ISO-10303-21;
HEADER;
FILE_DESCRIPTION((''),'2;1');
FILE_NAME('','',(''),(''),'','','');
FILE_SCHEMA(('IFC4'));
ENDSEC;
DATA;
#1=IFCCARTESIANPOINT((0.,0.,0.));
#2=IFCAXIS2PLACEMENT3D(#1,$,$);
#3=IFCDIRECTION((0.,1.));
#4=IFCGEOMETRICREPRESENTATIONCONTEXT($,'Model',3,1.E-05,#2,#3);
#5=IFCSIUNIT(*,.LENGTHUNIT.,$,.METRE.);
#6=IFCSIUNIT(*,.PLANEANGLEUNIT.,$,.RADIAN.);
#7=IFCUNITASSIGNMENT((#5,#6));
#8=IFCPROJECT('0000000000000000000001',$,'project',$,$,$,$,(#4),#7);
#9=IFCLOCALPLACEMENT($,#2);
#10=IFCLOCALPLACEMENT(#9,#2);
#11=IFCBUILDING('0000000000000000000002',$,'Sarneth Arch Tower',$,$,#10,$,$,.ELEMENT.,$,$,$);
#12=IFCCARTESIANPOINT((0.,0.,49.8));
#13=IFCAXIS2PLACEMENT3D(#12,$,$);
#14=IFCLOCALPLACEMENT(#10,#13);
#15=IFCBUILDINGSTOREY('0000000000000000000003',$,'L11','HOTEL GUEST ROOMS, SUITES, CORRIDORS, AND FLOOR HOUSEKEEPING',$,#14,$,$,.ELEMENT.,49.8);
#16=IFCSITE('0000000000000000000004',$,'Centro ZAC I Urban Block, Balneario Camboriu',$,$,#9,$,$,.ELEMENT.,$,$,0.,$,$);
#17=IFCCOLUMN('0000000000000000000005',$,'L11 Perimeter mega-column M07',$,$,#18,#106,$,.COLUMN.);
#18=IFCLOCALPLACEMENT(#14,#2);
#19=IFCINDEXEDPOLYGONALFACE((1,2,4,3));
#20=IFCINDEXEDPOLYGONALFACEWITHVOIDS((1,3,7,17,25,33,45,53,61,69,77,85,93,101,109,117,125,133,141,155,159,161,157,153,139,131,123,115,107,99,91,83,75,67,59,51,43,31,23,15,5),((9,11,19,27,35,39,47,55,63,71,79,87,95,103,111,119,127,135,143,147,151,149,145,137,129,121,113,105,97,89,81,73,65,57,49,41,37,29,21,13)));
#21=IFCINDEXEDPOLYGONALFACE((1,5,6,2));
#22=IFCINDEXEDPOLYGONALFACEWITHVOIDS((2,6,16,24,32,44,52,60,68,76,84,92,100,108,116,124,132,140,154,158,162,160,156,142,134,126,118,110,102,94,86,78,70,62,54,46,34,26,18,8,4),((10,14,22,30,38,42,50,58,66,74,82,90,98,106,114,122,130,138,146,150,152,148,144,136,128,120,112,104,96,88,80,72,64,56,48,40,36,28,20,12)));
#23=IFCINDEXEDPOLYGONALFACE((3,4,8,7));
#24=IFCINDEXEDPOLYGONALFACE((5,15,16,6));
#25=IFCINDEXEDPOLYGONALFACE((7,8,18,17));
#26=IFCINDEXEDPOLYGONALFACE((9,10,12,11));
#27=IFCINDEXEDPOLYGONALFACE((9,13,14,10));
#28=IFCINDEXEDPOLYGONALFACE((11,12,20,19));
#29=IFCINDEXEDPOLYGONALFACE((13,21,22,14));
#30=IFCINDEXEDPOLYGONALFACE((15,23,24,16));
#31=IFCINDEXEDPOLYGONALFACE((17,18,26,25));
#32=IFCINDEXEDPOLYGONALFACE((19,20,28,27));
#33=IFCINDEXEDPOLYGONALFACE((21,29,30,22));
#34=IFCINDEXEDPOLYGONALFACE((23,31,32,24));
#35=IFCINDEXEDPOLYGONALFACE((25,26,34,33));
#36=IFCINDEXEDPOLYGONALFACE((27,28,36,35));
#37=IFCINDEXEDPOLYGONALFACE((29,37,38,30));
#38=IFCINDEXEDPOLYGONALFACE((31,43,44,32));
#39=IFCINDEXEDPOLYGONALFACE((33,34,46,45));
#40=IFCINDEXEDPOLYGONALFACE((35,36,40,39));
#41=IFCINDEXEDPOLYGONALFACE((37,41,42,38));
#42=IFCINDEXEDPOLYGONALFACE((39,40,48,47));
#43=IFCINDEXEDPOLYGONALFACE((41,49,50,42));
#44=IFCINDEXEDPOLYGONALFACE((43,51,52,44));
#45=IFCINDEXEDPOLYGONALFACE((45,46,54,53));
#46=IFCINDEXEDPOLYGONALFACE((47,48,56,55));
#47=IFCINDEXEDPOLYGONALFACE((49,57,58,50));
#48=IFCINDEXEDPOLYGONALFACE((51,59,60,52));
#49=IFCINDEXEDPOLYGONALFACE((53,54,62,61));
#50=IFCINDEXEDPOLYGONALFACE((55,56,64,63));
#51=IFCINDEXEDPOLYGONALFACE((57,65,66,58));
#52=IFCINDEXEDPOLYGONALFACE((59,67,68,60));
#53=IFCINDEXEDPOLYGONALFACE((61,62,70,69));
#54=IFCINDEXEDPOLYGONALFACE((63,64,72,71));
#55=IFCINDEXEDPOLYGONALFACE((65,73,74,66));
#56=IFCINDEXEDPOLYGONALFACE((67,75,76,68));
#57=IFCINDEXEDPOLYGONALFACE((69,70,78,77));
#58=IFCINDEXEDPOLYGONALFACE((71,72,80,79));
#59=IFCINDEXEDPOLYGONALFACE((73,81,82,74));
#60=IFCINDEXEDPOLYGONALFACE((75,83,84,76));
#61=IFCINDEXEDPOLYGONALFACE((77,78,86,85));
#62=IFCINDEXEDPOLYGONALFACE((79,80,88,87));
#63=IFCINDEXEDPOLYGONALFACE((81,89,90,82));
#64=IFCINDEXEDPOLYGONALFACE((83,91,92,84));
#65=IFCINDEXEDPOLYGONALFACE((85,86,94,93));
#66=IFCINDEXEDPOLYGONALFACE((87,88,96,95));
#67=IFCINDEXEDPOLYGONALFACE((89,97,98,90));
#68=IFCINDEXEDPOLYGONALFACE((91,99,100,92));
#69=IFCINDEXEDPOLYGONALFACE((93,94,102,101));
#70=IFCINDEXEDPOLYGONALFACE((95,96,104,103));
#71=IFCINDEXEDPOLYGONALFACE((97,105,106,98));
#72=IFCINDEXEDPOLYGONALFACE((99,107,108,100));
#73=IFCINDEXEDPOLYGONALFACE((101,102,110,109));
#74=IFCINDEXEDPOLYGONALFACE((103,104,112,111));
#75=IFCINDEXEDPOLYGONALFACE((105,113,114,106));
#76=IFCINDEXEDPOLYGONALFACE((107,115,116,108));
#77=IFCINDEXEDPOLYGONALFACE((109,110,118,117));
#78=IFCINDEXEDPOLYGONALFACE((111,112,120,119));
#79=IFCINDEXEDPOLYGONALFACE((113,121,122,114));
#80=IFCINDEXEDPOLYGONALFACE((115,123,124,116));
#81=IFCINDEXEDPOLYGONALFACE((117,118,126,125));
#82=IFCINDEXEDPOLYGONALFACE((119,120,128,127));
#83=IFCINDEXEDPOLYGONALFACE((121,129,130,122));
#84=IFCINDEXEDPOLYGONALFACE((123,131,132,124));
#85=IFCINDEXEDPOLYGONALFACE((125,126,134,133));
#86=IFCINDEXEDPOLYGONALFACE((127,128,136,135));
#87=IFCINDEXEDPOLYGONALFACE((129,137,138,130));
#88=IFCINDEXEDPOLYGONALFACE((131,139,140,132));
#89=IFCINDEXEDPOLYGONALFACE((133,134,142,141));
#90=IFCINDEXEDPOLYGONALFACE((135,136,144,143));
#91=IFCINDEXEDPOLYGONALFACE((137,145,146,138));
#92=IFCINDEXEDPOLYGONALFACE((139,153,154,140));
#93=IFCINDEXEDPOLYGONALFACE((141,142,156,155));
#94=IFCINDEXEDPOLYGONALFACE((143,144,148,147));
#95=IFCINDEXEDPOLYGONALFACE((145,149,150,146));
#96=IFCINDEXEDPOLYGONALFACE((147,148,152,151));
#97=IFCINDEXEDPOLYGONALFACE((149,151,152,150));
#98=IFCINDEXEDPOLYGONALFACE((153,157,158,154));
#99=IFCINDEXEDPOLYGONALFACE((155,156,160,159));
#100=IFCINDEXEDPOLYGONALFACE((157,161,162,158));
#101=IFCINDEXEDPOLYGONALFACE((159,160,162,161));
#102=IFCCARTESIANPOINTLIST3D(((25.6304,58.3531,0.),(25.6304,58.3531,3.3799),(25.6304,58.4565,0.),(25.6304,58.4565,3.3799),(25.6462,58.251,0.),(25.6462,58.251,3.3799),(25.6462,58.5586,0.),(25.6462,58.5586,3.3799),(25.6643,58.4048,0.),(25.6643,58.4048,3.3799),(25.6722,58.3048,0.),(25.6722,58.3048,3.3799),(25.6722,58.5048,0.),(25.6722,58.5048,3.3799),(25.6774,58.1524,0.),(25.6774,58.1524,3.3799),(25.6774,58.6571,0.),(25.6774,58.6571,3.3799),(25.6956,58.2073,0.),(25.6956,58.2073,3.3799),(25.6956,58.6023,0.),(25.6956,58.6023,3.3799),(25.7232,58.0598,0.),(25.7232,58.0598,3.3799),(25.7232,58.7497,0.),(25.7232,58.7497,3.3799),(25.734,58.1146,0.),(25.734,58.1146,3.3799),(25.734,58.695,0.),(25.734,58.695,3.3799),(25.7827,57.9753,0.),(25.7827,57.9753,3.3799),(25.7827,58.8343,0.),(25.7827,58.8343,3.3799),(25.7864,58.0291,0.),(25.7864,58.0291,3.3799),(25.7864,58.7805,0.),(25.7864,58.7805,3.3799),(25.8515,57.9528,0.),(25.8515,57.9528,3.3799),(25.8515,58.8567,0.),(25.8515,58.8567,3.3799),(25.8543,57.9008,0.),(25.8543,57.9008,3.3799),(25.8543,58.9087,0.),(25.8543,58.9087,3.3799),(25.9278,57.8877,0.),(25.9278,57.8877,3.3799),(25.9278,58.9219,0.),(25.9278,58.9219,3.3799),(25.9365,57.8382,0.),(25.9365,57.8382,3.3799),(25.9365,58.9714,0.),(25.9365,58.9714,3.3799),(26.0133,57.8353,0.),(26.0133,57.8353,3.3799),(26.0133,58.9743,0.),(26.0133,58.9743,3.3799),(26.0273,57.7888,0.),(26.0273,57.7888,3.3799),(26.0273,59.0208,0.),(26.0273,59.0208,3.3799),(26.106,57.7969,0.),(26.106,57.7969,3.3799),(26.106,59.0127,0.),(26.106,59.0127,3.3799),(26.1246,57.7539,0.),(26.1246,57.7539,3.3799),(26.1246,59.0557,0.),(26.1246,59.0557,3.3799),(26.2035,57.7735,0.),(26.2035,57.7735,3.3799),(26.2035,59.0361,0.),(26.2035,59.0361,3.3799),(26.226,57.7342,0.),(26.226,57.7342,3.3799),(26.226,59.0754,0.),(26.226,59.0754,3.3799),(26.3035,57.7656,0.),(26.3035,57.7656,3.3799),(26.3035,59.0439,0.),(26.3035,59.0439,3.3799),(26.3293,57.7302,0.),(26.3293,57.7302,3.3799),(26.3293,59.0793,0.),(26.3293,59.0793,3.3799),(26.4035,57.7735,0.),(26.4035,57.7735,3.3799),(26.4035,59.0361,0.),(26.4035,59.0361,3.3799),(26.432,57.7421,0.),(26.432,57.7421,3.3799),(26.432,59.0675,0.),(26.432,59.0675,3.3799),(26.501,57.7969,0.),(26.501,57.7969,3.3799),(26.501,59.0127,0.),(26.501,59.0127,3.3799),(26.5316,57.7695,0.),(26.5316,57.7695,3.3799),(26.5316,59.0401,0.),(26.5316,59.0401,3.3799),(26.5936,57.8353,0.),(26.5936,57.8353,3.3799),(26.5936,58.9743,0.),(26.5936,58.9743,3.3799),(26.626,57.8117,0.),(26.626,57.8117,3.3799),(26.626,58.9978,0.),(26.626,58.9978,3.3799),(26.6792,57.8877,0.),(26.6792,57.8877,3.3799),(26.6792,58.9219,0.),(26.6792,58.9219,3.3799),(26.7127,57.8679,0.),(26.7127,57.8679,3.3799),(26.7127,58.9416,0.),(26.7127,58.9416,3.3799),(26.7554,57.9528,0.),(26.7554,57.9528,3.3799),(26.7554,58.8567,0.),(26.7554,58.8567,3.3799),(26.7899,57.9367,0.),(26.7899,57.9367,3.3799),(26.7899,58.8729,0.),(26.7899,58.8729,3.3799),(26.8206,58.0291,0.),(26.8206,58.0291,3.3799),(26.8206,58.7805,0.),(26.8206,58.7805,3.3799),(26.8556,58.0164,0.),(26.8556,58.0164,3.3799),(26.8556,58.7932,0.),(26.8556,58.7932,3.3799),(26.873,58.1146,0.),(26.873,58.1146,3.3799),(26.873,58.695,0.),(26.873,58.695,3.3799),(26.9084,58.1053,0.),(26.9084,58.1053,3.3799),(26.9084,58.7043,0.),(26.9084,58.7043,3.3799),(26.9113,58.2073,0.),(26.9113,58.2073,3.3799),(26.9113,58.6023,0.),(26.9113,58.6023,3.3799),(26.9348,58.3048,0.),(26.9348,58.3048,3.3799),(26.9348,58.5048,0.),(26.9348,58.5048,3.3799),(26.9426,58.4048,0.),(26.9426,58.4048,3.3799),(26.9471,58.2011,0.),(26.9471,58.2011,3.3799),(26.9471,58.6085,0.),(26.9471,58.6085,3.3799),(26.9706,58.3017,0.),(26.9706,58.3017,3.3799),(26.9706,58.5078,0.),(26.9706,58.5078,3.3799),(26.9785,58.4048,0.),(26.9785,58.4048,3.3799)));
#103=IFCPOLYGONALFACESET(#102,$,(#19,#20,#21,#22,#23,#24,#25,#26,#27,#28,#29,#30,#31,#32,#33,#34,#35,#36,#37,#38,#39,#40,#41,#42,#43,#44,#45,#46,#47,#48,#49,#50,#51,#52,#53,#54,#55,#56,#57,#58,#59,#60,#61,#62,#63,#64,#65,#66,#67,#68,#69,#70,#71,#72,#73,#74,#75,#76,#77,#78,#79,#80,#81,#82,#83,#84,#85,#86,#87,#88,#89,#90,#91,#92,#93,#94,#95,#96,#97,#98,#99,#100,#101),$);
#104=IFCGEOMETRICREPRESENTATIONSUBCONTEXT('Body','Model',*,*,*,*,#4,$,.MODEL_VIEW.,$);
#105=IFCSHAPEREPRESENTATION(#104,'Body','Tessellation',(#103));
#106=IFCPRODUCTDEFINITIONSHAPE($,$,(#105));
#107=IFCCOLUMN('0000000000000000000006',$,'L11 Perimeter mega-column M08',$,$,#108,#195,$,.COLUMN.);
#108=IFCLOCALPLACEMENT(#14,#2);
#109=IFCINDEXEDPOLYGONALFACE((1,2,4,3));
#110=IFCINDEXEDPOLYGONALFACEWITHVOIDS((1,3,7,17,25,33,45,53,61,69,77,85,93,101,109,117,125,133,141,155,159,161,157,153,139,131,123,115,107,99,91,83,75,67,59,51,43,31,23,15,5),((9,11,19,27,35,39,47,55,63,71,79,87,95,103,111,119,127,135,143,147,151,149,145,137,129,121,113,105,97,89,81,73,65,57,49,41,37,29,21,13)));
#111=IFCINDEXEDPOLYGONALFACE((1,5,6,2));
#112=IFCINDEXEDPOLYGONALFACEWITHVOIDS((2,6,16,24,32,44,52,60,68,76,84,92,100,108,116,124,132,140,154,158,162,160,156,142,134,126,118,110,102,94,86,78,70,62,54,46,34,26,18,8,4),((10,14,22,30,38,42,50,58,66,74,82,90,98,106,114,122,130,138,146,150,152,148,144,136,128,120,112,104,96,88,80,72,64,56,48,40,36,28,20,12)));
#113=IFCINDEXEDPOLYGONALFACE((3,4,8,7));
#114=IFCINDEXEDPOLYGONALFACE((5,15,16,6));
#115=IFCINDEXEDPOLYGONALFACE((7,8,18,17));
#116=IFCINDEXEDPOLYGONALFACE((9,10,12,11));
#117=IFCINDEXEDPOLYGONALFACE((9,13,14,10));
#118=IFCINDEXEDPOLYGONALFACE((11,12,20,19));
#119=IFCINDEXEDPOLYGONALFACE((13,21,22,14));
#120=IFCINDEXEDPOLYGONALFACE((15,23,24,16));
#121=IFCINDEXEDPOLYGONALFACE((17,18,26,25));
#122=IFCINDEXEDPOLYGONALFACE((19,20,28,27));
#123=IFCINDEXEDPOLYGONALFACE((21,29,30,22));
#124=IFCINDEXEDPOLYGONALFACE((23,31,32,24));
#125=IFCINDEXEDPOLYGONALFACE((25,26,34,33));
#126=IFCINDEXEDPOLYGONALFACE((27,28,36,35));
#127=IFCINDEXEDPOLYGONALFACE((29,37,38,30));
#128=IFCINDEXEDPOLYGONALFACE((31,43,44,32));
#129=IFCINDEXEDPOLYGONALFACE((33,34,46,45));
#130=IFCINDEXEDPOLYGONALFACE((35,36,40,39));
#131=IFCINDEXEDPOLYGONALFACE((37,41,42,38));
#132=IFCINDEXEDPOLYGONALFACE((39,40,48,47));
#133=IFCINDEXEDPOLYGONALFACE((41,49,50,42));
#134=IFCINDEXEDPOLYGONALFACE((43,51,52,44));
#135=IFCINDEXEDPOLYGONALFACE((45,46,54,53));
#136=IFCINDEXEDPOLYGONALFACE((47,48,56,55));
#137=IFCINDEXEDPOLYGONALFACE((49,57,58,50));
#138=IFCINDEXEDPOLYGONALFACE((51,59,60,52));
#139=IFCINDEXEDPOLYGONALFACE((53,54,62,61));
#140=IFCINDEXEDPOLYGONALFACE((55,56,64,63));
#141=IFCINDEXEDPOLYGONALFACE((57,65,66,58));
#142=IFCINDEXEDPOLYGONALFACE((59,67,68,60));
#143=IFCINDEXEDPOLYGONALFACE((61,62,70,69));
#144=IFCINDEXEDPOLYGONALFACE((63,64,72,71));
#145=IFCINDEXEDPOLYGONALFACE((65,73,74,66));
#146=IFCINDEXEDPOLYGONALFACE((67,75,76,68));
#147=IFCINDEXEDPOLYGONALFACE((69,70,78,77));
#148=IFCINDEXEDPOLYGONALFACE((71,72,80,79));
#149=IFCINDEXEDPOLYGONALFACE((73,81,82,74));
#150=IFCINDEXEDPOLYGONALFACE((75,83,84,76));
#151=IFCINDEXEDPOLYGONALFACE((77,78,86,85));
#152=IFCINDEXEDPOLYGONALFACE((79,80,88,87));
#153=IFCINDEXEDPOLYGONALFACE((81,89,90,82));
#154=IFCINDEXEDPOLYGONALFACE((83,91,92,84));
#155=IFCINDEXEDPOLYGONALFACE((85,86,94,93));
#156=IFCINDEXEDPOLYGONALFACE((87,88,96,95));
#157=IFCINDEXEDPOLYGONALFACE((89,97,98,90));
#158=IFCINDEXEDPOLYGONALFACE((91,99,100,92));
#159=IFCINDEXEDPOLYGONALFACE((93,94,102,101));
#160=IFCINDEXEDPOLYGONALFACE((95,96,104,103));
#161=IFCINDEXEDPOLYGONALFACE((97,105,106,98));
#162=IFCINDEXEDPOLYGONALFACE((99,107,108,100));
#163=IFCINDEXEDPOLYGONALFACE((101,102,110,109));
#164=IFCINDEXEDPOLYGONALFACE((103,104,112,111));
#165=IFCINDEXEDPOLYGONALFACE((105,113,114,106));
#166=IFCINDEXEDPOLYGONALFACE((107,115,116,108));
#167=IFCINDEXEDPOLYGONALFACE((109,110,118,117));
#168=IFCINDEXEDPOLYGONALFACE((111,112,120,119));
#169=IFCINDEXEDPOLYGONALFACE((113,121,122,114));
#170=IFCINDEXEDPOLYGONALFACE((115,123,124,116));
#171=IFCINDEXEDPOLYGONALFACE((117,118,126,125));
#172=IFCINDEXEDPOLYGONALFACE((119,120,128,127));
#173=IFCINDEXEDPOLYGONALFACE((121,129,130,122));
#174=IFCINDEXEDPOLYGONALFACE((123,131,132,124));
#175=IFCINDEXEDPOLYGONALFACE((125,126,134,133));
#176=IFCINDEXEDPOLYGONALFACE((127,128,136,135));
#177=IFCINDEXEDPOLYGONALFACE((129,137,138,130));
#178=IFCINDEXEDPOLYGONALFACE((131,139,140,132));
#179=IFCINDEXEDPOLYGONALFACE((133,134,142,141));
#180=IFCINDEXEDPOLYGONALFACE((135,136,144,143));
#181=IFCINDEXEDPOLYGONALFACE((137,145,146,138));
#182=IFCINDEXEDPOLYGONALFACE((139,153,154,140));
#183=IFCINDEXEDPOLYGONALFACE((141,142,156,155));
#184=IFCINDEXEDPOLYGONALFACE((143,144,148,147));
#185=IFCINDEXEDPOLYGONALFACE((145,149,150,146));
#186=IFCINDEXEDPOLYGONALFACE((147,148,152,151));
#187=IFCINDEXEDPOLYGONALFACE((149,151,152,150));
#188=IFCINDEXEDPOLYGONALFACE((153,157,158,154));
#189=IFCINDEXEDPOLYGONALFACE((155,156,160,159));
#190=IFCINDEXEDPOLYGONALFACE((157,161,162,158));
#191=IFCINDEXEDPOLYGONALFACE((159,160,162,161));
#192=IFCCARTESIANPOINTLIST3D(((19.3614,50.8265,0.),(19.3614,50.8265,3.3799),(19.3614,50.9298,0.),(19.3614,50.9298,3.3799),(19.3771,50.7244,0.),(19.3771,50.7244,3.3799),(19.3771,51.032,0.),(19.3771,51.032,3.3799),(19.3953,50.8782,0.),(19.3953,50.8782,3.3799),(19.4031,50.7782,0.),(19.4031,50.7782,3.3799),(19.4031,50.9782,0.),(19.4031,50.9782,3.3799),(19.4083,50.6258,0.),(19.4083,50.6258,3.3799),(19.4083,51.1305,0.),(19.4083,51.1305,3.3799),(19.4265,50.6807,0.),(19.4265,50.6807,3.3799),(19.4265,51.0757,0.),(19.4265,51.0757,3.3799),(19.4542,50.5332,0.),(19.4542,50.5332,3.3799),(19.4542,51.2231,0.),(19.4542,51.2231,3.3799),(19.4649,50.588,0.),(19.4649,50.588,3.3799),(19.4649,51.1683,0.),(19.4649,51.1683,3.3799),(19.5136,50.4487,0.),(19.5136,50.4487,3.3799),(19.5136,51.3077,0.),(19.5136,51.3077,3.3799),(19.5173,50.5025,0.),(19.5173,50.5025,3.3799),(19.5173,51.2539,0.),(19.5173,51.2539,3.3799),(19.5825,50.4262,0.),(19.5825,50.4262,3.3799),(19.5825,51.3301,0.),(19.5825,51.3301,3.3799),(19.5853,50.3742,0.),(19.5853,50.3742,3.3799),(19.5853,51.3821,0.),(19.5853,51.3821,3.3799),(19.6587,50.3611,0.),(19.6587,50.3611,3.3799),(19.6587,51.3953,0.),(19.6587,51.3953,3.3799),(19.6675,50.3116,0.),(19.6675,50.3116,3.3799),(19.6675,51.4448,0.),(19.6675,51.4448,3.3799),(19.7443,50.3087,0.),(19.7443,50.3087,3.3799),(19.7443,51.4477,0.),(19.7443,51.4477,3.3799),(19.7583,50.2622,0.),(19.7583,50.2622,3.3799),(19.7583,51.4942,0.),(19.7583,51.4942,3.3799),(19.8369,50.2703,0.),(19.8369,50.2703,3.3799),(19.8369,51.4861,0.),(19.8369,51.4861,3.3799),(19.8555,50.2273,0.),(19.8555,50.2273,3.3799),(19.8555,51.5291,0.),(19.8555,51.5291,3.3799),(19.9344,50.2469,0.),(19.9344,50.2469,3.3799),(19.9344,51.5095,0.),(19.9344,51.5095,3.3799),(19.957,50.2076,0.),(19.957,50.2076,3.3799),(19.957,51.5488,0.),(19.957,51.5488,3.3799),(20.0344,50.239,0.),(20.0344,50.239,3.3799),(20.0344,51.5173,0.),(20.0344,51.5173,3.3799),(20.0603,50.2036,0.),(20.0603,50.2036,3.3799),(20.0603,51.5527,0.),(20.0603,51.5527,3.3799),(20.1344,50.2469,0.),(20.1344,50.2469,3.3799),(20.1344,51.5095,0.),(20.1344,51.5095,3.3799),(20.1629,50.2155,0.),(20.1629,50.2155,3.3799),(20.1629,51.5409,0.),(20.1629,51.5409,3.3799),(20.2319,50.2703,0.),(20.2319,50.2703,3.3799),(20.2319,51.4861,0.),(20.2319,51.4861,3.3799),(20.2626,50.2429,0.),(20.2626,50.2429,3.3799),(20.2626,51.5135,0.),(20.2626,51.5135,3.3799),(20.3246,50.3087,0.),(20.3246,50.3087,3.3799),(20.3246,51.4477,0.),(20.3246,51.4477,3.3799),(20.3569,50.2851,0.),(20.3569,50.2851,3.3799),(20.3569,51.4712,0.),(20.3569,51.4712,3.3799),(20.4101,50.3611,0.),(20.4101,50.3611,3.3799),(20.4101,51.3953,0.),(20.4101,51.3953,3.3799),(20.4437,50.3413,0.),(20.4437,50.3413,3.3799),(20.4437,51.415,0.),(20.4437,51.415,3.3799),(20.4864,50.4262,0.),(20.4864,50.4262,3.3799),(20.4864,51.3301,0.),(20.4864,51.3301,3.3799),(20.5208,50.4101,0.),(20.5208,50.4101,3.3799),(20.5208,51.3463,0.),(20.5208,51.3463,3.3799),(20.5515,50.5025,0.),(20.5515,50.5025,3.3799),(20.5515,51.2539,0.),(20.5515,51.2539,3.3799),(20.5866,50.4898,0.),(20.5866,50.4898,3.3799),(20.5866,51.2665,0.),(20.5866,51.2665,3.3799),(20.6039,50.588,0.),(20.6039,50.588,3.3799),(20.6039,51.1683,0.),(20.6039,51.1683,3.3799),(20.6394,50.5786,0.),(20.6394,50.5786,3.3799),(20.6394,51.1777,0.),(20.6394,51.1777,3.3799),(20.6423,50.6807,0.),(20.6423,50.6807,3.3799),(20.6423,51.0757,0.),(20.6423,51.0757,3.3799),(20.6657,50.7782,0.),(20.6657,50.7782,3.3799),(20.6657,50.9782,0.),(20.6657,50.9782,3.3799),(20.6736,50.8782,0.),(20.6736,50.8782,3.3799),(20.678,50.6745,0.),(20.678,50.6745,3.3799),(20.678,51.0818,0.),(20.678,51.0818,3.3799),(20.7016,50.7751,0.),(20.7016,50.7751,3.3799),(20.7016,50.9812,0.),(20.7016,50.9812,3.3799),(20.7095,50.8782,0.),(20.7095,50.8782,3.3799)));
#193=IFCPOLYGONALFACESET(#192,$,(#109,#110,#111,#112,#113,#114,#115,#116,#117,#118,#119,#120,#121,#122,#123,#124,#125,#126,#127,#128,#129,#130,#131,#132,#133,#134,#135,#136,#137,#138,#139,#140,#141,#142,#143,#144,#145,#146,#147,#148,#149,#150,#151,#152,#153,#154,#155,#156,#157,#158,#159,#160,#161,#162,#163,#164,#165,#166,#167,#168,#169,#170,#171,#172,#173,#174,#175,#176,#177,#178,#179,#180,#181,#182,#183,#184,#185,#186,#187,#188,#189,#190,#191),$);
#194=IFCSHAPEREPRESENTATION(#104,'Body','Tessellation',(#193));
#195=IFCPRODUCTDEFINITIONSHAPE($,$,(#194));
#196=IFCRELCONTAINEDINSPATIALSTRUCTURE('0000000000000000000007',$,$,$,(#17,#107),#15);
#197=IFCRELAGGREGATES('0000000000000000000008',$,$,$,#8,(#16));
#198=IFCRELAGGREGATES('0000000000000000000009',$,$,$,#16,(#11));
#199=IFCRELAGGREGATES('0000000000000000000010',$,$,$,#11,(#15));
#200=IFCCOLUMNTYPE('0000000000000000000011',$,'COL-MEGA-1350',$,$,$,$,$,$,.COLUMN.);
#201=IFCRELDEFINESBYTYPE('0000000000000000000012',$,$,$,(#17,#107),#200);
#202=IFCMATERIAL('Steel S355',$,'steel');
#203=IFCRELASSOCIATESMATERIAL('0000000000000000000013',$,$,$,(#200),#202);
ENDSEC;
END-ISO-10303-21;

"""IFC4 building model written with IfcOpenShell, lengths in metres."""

from ifc_helpers import new_model, si_unit, direction, frame, origin, origin_2d, place, context, subcontext, project, spatial, hollow_circle, extrude, material, material_profile, profile_set, type_object, element, save


model = new_model("IFC4")

# Units and contexts
model_context = context("Model", 3, precision=1e-05, world=origin(), true_north=direction((0.0, 1.0)))
body_context = subcontext(model_context, "Body", "Model", "MODEL_VIEW")
ifc_project = project(units=[si_unit("LENGTHUNIT", "METRE"), si_unit("PLANEANGLEUNIT", "RADIAN")], contexts=[model_context])

# Site, building, storey
site_placement = place(None, origin())
site = spatial("IfcSite", under=ifc_project, at=site_placement, Name="Centro ZAC I Urban Block, Balneario Camboriu", CompositionType="ELEMENT", RefElevation=0.0)
building_placement = place(site_placement, origin())
building = spatial("IfcBuilding", under=site, at=building_placement, Name="Sarneth Arch Tower", CompositionType="ELEMENT")
storey_placement = place(building_placement, frame((0.0, 0.0, 49.8)))
storey = spatial("IfcBuildingStorey", under=building, at=storey_placement, Name="L11", Description="HOTEL GUEST ROOMS, SUITES, CORRIDORS, AND FLOOR HOUSEKEEPING", CompositionType="ELEMENT", Elevation=49.8)

# Columns
ifc_material_1 = material(Name="Steel S355", Category="steel")
ifc_material_profile_1 = material_profile(ifc_material_1, hollow_circle(Radius=0.675, WallThickness=0.0359, at=origin_2d()), Name="CHS1350x36")
ifc_profile_set_1 = profile_set([ifc_material_profile_1], Name="Steel S355")
column_type = type_object("IfcColumnType", Name="COL-MEGA-1350", PredefinedType="COLUMN", material=ifc_profile_set_1)
for number, where, z_axis, x_axis, name in (
    (1, (26.3035, 58.4048, 0.0), (0.0, 0.0, 1.0), (1.0, 0.0, 0.0), "L11 Perimeter mega-column M07"),
    (2, (20.0344, 50.8782, 0.0), (0.0, 0.0, 1.0), (1.0, 0.0, 0.0), "L11 Perimeter mega-column M08"),
):
    element("IfcColumn", number, at=place(storey_placement, frame(where, z_axis=z_axis, x_axis=x_axis)), inside=storey, type_object=column_type, Name=name, PredefinedType="COLUMN", context=body_context, shape_type="SweptSolid", body=[
        extrude(hollow_circle(Radius=0.675, WallThickness=0.0359, at=origin_2d()), origin(), (0.0, 0.0, 1.0), 3.3799),
    ])

save(model, "model.ifc")
